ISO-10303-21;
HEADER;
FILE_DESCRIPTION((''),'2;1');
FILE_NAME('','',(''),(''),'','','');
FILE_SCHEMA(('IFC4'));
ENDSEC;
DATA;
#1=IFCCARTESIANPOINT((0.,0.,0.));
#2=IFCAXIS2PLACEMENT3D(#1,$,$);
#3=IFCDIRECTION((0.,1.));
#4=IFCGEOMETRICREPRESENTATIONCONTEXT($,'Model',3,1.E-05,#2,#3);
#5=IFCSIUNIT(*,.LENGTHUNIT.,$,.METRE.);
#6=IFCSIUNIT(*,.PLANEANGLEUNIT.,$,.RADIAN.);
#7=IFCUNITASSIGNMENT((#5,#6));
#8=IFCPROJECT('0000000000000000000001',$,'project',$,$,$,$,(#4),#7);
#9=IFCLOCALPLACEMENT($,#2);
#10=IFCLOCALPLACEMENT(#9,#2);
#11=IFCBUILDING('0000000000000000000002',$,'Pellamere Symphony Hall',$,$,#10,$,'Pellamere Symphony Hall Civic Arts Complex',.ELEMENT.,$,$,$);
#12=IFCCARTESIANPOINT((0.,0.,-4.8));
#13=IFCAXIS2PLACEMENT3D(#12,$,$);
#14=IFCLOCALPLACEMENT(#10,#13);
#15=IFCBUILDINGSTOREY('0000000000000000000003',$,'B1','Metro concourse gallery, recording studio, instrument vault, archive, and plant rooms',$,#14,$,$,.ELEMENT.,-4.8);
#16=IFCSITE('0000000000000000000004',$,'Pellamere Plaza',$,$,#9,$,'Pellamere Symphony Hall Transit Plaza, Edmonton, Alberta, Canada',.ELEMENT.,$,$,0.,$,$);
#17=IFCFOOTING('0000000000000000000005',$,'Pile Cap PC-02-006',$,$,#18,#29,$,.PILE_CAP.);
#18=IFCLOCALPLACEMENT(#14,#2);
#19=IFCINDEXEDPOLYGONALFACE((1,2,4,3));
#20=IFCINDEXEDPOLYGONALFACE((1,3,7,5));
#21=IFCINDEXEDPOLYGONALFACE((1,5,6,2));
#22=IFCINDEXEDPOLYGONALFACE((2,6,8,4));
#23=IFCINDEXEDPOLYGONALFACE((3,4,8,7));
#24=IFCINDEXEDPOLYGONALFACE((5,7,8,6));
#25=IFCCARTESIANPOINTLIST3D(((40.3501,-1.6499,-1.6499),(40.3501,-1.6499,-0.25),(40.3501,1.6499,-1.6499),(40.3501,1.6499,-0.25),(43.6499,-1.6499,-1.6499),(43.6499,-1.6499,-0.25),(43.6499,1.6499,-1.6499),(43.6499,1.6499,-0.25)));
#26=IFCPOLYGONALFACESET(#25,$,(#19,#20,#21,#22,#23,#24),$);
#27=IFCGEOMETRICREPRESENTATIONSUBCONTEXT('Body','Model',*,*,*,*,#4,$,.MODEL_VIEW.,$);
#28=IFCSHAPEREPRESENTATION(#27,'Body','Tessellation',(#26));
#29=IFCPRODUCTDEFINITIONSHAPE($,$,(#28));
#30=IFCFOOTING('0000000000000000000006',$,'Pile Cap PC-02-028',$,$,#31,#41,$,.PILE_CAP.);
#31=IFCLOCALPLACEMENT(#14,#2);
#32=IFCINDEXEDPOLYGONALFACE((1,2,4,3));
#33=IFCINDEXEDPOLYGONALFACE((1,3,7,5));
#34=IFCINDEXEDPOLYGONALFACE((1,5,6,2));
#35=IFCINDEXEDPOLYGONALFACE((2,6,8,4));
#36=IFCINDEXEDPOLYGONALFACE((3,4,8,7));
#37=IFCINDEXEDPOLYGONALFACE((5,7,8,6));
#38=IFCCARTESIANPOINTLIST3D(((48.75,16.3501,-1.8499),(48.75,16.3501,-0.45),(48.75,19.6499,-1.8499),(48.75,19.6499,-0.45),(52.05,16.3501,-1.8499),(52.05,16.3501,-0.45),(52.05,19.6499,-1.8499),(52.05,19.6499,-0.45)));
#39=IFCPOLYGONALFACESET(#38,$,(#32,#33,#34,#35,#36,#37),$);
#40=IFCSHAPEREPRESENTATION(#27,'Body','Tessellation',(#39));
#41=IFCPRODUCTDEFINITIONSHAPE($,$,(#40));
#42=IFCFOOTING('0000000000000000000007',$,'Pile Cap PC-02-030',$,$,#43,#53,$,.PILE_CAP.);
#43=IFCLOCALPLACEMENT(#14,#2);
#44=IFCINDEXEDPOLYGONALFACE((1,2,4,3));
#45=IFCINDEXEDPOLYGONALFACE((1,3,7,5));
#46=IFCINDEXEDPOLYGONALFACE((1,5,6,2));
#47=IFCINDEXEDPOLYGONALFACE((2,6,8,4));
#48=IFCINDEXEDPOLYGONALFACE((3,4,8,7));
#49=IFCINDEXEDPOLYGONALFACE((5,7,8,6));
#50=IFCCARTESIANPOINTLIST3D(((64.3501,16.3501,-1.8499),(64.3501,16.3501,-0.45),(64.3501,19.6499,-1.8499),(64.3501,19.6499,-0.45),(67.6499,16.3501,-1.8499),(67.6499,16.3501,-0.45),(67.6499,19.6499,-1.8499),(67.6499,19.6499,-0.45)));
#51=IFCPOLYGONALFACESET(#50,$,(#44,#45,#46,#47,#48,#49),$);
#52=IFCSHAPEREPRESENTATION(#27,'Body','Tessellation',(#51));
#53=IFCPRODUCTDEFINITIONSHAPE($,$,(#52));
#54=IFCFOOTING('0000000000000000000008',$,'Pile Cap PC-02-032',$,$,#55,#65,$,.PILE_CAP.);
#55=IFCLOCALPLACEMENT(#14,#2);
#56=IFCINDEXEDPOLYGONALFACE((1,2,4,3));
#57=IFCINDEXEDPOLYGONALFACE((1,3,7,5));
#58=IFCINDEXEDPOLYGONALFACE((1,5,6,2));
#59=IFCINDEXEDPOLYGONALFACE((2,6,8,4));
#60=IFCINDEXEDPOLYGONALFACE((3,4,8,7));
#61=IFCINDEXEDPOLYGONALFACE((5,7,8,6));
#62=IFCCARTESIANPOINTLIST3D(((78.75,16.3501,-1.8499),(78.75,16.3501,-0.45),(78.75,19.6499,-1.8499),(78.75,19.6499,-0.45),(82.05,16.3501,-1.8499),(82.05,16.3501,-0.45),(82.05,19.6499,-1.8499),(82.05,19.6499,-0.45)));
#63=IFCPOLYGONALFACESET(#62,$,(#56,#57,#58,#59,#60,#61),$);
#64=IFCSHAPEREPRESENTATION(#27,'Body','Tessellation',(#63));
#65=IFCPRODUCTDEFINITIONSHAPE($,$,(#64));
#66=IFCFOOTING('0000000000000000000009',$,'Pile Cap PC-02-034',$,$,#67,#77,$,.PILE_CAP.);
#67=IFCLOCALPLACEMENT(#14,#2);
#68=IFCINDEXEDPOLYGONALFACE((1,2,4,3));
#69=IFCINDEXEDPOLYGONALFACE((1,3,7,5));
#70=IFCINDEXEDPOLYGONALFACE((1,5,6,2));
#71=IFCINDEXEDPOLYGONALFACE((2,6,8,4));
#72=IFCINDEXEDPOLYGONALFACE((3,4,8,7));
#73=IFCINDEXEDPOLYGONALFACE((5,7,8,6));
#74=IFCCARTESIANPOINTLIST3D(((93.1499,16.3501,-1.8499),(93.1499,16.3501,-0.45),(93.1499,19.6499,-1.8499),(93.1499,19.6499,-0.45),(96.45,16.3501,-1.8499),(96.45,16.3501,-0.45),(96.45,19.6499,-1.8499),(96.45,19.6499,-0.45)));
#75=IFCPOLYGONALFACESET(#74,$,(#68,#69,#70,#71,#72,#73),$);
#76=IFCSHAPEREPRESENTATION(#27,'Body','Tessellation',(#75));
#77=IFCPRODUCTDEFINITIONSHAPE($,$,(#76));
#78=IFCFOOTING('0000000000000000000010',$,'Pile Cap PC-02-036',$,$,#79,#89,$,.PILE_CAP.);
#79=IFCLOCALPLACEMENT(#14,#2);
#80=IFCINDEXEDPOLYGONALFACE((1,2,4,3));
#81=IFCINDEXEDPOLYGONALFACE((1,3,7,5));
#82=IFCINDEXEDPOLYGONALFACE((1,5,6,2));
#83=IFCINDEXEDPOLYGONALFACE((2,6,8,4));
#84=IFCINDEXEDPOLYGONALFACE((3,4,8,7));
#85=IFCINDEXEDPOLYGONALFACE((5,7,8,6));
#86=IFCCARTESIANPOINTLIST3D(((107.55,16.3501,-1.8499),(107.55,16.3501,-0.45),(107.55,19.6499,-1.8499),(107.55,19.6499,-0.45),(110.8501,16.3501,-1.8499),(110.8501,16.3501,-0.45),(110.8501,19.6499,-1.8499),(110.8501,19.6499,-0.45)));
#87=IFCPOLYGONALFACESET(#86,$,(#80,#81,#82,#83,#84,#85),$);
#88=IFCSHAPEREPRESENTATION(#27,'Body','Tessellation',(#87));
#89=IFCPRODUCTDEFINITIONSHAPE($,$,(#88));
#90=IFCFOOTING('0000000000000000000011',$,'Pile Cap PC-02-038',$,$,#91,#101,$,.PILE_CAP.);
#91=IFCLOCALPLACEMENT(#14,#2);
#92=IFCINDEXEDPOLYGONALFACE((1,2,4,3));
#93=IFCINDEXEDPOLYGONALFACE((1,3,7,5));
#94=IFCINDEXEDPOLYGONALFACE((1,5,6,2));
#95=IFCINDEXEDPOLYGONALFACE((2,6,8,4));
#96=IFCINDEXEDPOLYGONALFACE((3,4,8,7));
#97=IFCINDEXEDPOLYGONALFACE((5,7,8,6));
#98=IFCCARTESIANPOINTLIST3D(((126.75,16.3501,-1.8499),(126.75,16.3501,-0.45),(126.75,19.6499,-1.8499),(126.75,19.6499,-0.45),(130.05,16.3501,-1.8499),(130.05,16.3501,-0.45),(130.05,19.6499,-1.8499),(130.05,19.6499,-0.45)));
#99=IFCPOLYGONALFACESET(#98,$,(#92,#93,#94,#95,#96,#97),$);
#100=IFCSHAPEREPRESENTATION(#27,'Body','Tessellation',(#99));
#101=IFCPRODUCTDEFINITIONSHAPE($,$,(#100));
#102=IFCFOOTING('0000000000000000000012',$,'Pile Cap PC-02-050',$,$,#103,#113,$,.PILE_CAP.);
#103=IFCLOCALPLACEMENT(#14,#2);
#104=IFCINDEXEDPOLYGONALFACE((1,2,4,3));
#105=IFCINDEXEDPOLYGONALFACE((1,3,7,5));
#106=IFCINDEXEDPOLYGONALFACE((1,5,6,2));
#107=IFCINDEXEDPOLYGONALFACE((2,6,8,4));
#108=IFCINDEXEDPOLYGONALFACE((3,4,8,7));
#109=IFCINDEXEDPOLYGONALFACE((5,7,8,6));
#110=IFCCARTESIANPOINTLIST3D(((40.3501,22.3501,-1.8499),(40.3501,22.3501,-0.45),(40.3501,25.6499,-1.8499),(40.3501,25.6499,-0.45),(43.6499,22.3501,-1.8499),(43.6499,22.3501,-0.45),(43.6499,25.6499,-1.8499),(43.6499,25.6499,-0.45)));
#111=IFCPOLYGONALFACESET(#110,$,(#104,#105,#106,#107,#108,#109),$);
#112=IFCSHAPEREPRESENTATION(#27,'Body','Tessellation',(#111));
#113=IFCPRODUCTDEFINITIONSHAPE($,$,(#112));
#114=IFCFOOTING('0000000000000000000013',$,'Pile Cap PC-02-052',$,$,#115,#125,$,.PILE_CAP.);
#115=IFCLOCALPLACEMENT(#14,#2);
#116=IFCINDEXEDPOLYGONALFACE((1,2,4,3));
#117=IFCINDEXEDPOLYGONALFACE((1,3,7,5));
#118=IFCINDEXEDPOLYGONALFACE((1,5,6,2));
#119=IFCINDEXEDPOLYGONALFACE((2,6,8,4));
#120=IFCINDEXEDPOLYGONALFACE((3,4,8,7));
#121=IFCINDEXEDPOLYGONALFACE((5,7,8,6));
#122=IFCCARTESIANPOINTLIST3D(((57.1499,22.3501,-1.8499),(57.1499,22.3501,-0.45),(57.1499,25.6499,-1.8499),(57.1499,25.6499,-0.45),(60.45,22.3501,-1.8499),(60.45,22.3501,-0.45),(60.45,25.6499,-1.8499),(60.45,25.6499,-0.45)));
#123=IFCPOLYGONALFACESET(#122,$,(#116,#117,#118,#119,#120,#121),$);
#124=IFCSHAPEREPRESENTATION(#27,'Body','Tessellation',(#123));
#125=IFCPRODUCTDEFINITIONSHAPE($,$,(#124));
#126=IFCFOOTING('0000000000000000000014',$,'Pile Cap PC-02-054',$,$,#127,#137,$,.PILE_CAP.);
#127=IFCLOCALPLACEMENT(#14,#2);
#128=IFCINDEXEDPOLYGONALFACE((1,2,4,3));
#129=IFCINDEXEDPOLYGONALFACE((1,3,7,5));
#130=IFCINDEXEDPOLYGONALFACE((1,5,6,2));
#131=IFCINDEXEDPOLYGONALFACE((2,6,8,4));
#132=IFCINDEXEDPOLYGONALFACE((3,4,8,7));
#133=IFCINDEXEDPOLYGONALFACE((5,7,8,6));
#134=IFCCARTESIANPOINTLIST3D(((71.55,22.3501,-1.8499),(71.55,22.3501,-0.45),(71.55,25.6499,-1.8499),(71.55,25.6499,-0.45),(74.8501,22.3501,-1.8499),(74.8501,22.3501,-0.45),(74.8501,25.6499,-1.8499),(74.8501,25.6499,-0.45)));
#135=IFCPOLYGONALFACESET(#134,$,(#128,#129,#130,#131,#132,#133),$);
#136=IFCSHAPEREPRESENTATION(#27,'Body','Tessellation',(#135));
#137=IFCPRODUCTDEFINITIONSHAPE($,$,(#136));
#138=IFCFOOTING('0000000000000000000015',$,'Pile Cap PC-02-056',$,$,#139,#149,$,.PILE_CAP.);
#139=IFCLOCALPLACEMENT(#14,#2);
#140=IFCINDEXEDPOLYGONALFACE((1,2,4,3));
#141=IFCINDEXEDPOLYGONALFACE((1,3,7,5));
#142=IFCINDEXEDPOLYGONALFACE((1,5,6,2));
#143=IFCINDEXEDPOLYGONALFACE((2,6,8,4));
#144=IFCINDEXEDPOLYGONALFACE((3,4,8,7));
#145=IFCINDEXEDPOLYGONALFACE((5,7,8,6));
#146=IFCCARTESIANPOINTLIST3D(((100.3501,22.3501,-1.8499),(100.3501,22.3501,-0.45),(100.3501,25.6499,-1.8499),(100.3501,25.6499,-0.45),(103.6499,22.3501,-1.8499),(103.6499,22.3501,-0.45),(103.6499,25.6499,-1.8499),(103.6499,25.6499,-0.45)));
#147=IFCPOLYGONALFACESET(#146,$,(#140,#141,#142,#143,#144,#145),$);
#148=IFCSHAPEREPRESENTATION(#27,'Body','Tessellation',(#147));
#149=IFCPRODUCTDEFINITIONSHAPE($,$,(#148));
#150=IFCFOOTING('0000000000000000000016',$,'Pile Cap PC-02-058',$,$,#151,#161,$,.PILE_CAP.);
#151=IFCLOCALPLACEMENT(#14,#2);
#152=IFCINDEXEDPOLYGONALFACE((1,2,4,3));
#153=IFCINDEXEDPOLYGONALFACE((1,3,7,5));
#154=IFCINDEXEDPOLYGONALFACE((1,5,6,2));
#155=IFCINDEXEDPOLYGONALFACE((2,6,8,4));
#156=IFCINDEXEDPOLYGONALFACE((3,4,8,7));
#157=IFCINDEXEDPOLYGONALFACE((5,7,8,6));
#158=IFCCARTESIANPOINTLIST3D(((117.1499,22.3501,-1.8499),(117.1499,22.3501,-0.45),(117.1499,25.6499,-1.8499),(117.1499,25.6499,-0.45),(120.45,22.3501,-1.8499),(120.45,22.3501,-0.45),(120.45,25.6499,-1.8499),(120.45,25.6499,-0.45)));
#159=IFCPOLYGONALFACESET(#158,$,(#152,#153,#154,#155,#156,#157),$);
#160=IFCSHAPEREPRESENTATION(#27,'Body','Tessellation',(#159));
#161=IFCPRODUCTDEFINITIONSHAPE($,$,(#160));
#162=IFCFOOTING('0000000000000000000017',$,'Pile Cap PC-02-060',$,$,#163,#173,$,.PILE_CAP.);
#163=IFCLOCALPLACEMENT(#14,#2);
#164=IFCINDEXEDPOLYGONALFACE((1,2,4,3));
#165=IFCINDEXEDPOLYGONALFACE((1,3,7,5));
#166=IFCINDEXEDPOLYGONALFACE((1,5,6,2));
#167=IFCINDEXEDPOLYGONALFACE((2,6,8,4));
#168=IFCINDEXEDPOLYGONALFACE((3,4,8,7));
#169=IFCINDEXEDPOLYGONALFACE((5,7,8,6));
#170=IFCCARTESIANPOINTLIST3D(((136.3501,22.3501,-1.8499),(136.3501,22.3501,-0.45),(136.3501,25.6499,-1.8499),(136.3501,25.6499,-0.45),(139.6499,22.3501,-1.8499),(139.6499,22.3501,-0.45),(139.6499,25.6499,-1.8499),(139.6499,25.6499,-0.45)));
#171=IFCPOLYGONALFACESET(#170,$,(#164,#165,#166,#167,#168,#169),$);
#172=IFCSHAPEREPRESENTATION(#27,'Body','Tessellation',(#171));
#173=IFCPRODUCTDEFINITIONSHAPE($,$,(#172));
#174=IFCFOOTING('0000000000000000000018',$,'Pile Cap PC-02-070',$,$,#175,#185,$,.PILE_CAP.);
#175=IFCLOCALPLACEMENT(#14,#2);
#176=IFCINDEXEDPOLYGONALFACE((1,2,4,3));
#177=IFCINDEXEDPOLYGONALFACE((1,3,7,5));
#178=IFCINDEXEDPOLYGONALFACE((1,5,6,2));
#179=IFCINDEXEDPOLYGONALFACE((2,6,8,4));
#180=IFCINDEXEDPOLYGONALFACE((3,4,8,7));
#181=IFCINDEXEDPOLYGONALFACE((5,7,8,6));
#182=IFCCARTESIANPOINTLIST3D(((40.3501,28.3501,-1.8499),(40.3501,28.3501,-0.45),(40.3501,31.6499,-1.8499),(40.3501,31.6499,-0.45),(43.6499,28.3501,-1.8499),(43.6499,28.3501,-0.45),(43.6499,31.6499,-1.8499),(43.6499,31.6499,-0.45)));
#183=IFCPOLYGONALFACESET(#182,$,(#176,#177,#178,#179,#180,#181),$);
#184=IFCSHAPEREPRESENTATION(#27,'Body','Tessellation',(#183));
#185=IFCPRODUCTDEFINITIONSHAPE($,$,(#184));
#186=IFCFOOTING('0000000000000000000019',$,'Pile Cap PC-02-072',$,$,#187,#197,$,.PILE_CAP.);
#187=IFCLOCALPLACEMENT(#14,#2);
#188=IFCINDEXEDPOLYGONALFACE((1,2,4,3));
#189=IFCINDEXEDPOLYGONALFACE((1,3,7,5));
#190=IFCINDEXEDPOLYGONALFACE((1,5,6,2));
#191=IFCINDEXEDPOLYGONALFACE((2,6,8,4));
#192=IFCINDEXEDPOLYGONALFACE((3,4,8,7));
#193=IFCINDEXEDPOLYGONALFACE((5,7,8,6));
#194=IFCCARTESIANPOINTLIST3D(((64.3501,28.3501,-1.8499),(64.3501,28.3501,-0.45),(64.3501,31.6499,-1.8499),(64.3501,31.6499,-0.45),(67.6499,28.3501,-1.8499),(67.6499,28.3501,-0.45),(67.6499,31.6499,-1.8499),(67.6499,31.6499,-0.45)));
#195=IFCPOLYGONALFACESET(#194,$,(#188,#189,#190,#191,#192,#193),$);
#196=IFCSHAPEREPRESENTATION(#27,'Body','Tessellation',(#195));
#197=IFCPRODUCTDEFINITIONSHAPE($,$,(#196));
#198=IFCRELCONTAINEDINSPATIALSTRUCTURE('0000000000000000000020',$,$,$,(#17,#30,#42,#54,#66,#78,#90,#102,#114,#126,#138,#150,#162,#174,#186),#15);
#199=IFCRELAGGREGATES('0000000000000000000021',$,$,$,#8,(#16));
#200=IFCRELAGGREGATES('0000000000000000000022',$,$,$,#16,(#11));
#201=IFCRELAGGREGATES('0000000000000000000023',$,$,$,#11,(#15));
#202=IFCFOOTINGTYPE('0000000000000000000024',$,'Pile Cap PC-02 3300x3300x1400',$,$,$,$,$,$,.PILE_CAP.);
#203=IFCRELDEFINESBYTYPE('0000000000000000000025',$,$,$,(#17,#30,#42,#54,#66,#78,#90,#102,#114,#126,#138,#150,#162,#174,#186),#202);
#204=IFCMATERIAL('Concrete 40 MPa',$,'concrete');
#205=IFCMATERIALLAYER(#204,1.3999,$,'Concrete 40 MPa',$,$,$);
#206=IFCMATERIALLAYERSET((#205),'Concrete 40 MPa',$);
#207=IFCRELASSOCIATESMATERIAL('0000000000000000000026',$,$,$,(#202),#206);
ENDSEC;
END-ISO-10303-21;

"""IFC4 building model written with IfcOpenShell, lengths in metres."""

from ifc_helpers import new_model, si_unit, direction, frame, origin, place, context, subcontext, project, spatial, polyline, outline, extrude, material, layer, layer_set, type_object, element, save


model = new_model("IFC4")

# Units and contexts
model_context = context("Model", 3, precision=1e-05, world=origin(), true_north=direction((0.0, 1.0)))
body_context = subcontext(model_context, "Body", "Model", "MODEL_VIEW")
ifc_project = project(units=[si_unit("LENGTHUNIT", "METRE"), si_unit("PLANEANGLEUNIT", "RADIAN")], contexts=[model_context])

# Site, building, storey
site_placement = place(None, origin())
site = spatial("IfcSite", under=ifc_project, at=site_placement, Name="Pellamere Plaza", LongName="Pellamere Symphony Hall Transit Plaza, Edmonton, Alberta, Canada", CompositionType="ELEMENT", RefElevation=0.0)
building_placement = place(site_placement, origin())
building = spatial("IfcBuilding", under=site, at=building_placement, Name="Pellamere Symphony Hall", LongName="Pellamere Symphony Hall Civic Arts Complex", CompositionType="ELEMENT")
storey_placement = place(building_placement, frame((0.0, 0.0, -4.8)))
storey = spatial("IfcBuildingStorey", under=building, at=storey_placement, Name="B1", Description="Metro concourse gallery, recording studio, instrument vault, archive, and plant rooms", CompositionType="ELEMENT", Elevation=-4.8)

# Footings
ifc_material = material(Name="Concrete 40 MPa", Category="concrete")
ifc_layer_1 = layer(ifc_material, 1.3999, Name="Concrete 40 MPa")
ifc_layer_set_1 = layer_set([ifc_layer_1], Name="Concrete 40 MPa")
footing_type_1 = type_object("IfcFootingType", Name="Pile Cap PC-02 3300x3300x1400", PredefinedType="PILE_CAP", material=ifc_layer_set_1)
footing_1_placement = place(storey_placement, frame((0.0, 0.0, -1.6499)))
element("IfcFooting", 1, at=footing_1_placement, inside=storey, type_object=footing_type_1, Name="Pile Cap PC-02-006", PredefinedType="PILE_CAP", context=body_context, shape_type="SweptSolid", body=[
    extrude(outline(polyline([(40.3501, -1.6499), (40.3501, 1.6499), (43.6499, 1.6499), (43.6499, -1.6499), (40.3501, -1.6499)])), origin(), (0.0, 0.0, 1.0), 1.3999),
])
footing_2_placement = place(storey_placement, frame((0.0, 0.0, -1.8499)))
element("IfcFooting", 2, at=footing_2_placement, inside=storey, type_object=footing_type_1, Name="Pile Cap PC-02-028", PredefinedType="PILE_CAP", context=body_context, shape_type="SweptSolid", body=[
    extrude(outline(polyline([(52.05, 16.3501), (48.75, 16.3501), (48.75, 19.6499), (52.05, 19.6499), (52.05, 16.3501)])), origin(), (0.0, 0.0, 1.0), 1.3999),
])
footing_3_placement = place(storey_placement, frame((0.0, 0.0, -1.8499)))
element("IfcFooting", 3, at=footing_3_placement, inside=storey, type_object=footing_type_1, Name="Pile Cap PC-02-030", PredefinedType="PILE_CAP", context=body_context, shape_type="SweptSolid", body=[
    extrude(outline(polyline([(64.3501, 16.3501), (64.3501, 19.6499), (67.6499, 19.6499), (67.6499, 16.3501), (64.3501, 16.3501)])), origin(), (0.0, 0.0, 1.0), 1.3999),
])
footing_4_placement = place(storey_placement, frame((0.0, 0.0, -1.8499)))
element("IfcFooting", 4, at=footing_4_placement, inside=storey, type_object=footing_type_1, Name="Pile Cap PC-02-032", PredefinedType="PILE_CAP", context=body_context, shape_type="SweptSolid", body=[
    extrude(outline(polyline([(82.05, 16.3501), (78.75, 16.3501), (78.75, 19.6499), (82.05, 19.6499), (82.05, 16.3501)])), origin(), (0.0, 0.0, 1.0), 1.3999),
])
footing_5_placement = place(storey_placement, frame((0.0, 0.0, -1.8499)))
element("IfcFooting", 5, at=footing_5_placement, inside=storey, type_object=footing_type_1, Name="Pile Cap PC-02-034", PredefinedType="PILE_CAP", context=body_context, shape_type="SweptSolid", body=[
    extrude(outline(polyline([(93.1499, 16.3501), (93.1499, 19.6499), (96.45, 19.6499), (96.45, 16.3501), (93.1499, 16.3501)])), origin(), (0.0, 0.0, 1.0), 1.3999),
])
footing_6_placement = place(storey_placement, frame((0.0, 0.0, -1.8499)))
element("IfcFooting", 6, at=footing_6_placement, inside=storey, type_object=footing_type_1, Name="Pile Cap PC-02-036", PredefinedType="PILE_CAP", context=body_context, shape_type="SweptSolid", body=[
    extrude(outline(polyline([(107.55, 16.3501), (107.55, 19.6499), (110.8501, 19.6499), (110.8501, 16.3501), (107.55, 16.3501)])), origin(), (0.0, 0.0, 1.0), 1.3999),
])
footing_7_placement = place(storey_placement, frame((0.0, 0.0, -1.8499)))
element("IfcFooting", 7, at=footing_7_placement, inside=storey, type_object=footing_type_1, Name="Pile Cap PC-02-038", PredefinedType="PILE_CAP", context=body_context, shape_type="SweptSolid", body=[
    extrude(outline(polyline([(126.75, 16.3501), (126.75, 19.6499), (130.05, 19.6499), (130.05, 16.3501), (126.75, 16.3501)])), origin(), (0.0, 0.0, 1.0), 1.3999),
])
footing_8_placement = place(storey_placement, frame((0.0, 0.0, -1.8499)))
element("IfcFooting", 8, at=footing_8_placement, inside=storey, type_object=footing_type_1, Name="Pile Cap PC-02-050", PredefinedType="PILE_CAP", context=body_context, shape_type="SweptSolid", body=[
    extrude(outline(polyline([(43.6499, 22.3501), (40.3501, 22.3501), (40.3501, 25.6499), (43.6499, 25.6499), (43.6499, 22.3501)])), origin(), (0.0, 0.0, 1.0), 1.3999),
])
footing_9_placement = place(storey_placement, frame((0.0, 0.0, -1.8499)))
element("IfcFooting", 9, at=footing_9_placement, inside=storey, type_object=footing_type_1, Name="Pile Cap PC-02-052", PredefinedType="PILE_CAP", context=body_context, shape_type="SweptSolid", body=[
    extrude(outline(polyline([(60.45, 22.3501), (57.1499, 22.3501), (57.1499, 25.6499), (60.45, 25.6499), (60.45, 22.3501)])), origin(), (0.0, 0.0, 1.0), 1.3999),
])
footing_10_placement = place(storey_placement, frame((0.0, 0.0, -1.8499)))
element("IfcFooting", 10, at=footing_10_placement, inside=storey, type_object=footing_type_1, Name="Pile Cap PC-02-054", PredefinedType="PILE_CAP", context=body_context, shape_type="SweptSolid", body=[
    extrude(outline(polyline([(74.8501, 22.3501), (71.55, 22.3501), (71.55, 25.6499), (74.8501, 25.6499), (74.8501, 22.3501)])), origin(), (0.0, 0.0, 1.0), 1.3999),
])
footing_11_placement = place(storey_placement, frame((0.0, 0.0, -1.8499)))
element("IfcFooting", 11, at=footing_11_placement, inside=storey, type_object=footing_type_1, Name="Pile Cap PC-02-056", PredefinedType="PILE_CAP", context=body_context, shape_type="SweptSolid", body=[
    extrude(outline(polyline([(100.3501, 22.3501), (100.3501, 25.6499), (103.6499, 25.6499), (103.6499, 22.3501), (100.3501, 22.3501)])), origin(), (0.0, 0.0, 1.0), 1.3999),
])
footing_12_placement = place(storey_placement, frame((0.0, 0.0, -1.8499)))
element("IfcFooting", 12, at=footing_12_placement, inside=storey, type_object=footing_type_1, Name="Pile Cap PC-02-058", PredefinedType="PILE_CAP", context=body_context, shape_type="SweptSolid", body=[
    extrude(outline(polyline([(117.1499, 22.3501), (117.1499, 25.6499), (120.45, 25.6499), (120.45, 22.3501), (117.1499, 22.3501)])), origin(), (0.0, 0.0, 1.0), 1.3999),
])
footing_13_placement = place(storey_placement, frame((0.0, 0.0, -1.8499)))
element("IfcFooting", 13, at=footing_13_placement, inside=storey, type_object=footing_type_1, Name="Pile Cap PC-02-060", PredefinedType="PILE_CAP", context=body_context, shape_type="SweptSolid", body=[
    extrude(outline(polyline([(139.6499, 22.3501), (136.3501, 22.3501), (136.3501, 25.6499), (139.6499, 25.6499), (139.6499, 22.3501)])), origin(), (0.0, 0.0, 1.0), 1.3999),
])
footing_14_placement = place(storey_placement, frame((0.0, 0.0, -1.8499)))
element("IfcFooting", 14, at=footing_14_placement, inside=storey, type_object=footing_type_1, Name="Pile Cap PC-02-070", PredefinedType="PILE_CAP", context=body_context, shape_type="SweptSolid", body=[
    extrude(outline(polyline([(40.3501, 28.3501), (40.3501, 31.6499), (43.6499, 31.6499), (43.6499, 28.3501), (40.3501, 28.3501)])), origin(), (0.0, 0.0, 1.0), 1.3999),
])
footing_15_placement = place(storey_placement, frame((0.0, 0.0, -1.8499)))
element("IfcFooting", 15, at=footing_15_placement, inside=storey, type_object=footing_type_1, Name="Pile Cap PC-02-072", PredefinedType="PILE_CAP", context=body_context, shape_type="SweptSolid", body=[
    extrude(outline(polyline([(67.6499, 28.3501), (64.3501, 28.3501), (64.3501, 31.6499), (67.6499, 31.6499), (67.6499, 28.3501)])), origin(), (0.0, 0.0, 1.0), 1.3999),
])

save(model, "model.ifc")
